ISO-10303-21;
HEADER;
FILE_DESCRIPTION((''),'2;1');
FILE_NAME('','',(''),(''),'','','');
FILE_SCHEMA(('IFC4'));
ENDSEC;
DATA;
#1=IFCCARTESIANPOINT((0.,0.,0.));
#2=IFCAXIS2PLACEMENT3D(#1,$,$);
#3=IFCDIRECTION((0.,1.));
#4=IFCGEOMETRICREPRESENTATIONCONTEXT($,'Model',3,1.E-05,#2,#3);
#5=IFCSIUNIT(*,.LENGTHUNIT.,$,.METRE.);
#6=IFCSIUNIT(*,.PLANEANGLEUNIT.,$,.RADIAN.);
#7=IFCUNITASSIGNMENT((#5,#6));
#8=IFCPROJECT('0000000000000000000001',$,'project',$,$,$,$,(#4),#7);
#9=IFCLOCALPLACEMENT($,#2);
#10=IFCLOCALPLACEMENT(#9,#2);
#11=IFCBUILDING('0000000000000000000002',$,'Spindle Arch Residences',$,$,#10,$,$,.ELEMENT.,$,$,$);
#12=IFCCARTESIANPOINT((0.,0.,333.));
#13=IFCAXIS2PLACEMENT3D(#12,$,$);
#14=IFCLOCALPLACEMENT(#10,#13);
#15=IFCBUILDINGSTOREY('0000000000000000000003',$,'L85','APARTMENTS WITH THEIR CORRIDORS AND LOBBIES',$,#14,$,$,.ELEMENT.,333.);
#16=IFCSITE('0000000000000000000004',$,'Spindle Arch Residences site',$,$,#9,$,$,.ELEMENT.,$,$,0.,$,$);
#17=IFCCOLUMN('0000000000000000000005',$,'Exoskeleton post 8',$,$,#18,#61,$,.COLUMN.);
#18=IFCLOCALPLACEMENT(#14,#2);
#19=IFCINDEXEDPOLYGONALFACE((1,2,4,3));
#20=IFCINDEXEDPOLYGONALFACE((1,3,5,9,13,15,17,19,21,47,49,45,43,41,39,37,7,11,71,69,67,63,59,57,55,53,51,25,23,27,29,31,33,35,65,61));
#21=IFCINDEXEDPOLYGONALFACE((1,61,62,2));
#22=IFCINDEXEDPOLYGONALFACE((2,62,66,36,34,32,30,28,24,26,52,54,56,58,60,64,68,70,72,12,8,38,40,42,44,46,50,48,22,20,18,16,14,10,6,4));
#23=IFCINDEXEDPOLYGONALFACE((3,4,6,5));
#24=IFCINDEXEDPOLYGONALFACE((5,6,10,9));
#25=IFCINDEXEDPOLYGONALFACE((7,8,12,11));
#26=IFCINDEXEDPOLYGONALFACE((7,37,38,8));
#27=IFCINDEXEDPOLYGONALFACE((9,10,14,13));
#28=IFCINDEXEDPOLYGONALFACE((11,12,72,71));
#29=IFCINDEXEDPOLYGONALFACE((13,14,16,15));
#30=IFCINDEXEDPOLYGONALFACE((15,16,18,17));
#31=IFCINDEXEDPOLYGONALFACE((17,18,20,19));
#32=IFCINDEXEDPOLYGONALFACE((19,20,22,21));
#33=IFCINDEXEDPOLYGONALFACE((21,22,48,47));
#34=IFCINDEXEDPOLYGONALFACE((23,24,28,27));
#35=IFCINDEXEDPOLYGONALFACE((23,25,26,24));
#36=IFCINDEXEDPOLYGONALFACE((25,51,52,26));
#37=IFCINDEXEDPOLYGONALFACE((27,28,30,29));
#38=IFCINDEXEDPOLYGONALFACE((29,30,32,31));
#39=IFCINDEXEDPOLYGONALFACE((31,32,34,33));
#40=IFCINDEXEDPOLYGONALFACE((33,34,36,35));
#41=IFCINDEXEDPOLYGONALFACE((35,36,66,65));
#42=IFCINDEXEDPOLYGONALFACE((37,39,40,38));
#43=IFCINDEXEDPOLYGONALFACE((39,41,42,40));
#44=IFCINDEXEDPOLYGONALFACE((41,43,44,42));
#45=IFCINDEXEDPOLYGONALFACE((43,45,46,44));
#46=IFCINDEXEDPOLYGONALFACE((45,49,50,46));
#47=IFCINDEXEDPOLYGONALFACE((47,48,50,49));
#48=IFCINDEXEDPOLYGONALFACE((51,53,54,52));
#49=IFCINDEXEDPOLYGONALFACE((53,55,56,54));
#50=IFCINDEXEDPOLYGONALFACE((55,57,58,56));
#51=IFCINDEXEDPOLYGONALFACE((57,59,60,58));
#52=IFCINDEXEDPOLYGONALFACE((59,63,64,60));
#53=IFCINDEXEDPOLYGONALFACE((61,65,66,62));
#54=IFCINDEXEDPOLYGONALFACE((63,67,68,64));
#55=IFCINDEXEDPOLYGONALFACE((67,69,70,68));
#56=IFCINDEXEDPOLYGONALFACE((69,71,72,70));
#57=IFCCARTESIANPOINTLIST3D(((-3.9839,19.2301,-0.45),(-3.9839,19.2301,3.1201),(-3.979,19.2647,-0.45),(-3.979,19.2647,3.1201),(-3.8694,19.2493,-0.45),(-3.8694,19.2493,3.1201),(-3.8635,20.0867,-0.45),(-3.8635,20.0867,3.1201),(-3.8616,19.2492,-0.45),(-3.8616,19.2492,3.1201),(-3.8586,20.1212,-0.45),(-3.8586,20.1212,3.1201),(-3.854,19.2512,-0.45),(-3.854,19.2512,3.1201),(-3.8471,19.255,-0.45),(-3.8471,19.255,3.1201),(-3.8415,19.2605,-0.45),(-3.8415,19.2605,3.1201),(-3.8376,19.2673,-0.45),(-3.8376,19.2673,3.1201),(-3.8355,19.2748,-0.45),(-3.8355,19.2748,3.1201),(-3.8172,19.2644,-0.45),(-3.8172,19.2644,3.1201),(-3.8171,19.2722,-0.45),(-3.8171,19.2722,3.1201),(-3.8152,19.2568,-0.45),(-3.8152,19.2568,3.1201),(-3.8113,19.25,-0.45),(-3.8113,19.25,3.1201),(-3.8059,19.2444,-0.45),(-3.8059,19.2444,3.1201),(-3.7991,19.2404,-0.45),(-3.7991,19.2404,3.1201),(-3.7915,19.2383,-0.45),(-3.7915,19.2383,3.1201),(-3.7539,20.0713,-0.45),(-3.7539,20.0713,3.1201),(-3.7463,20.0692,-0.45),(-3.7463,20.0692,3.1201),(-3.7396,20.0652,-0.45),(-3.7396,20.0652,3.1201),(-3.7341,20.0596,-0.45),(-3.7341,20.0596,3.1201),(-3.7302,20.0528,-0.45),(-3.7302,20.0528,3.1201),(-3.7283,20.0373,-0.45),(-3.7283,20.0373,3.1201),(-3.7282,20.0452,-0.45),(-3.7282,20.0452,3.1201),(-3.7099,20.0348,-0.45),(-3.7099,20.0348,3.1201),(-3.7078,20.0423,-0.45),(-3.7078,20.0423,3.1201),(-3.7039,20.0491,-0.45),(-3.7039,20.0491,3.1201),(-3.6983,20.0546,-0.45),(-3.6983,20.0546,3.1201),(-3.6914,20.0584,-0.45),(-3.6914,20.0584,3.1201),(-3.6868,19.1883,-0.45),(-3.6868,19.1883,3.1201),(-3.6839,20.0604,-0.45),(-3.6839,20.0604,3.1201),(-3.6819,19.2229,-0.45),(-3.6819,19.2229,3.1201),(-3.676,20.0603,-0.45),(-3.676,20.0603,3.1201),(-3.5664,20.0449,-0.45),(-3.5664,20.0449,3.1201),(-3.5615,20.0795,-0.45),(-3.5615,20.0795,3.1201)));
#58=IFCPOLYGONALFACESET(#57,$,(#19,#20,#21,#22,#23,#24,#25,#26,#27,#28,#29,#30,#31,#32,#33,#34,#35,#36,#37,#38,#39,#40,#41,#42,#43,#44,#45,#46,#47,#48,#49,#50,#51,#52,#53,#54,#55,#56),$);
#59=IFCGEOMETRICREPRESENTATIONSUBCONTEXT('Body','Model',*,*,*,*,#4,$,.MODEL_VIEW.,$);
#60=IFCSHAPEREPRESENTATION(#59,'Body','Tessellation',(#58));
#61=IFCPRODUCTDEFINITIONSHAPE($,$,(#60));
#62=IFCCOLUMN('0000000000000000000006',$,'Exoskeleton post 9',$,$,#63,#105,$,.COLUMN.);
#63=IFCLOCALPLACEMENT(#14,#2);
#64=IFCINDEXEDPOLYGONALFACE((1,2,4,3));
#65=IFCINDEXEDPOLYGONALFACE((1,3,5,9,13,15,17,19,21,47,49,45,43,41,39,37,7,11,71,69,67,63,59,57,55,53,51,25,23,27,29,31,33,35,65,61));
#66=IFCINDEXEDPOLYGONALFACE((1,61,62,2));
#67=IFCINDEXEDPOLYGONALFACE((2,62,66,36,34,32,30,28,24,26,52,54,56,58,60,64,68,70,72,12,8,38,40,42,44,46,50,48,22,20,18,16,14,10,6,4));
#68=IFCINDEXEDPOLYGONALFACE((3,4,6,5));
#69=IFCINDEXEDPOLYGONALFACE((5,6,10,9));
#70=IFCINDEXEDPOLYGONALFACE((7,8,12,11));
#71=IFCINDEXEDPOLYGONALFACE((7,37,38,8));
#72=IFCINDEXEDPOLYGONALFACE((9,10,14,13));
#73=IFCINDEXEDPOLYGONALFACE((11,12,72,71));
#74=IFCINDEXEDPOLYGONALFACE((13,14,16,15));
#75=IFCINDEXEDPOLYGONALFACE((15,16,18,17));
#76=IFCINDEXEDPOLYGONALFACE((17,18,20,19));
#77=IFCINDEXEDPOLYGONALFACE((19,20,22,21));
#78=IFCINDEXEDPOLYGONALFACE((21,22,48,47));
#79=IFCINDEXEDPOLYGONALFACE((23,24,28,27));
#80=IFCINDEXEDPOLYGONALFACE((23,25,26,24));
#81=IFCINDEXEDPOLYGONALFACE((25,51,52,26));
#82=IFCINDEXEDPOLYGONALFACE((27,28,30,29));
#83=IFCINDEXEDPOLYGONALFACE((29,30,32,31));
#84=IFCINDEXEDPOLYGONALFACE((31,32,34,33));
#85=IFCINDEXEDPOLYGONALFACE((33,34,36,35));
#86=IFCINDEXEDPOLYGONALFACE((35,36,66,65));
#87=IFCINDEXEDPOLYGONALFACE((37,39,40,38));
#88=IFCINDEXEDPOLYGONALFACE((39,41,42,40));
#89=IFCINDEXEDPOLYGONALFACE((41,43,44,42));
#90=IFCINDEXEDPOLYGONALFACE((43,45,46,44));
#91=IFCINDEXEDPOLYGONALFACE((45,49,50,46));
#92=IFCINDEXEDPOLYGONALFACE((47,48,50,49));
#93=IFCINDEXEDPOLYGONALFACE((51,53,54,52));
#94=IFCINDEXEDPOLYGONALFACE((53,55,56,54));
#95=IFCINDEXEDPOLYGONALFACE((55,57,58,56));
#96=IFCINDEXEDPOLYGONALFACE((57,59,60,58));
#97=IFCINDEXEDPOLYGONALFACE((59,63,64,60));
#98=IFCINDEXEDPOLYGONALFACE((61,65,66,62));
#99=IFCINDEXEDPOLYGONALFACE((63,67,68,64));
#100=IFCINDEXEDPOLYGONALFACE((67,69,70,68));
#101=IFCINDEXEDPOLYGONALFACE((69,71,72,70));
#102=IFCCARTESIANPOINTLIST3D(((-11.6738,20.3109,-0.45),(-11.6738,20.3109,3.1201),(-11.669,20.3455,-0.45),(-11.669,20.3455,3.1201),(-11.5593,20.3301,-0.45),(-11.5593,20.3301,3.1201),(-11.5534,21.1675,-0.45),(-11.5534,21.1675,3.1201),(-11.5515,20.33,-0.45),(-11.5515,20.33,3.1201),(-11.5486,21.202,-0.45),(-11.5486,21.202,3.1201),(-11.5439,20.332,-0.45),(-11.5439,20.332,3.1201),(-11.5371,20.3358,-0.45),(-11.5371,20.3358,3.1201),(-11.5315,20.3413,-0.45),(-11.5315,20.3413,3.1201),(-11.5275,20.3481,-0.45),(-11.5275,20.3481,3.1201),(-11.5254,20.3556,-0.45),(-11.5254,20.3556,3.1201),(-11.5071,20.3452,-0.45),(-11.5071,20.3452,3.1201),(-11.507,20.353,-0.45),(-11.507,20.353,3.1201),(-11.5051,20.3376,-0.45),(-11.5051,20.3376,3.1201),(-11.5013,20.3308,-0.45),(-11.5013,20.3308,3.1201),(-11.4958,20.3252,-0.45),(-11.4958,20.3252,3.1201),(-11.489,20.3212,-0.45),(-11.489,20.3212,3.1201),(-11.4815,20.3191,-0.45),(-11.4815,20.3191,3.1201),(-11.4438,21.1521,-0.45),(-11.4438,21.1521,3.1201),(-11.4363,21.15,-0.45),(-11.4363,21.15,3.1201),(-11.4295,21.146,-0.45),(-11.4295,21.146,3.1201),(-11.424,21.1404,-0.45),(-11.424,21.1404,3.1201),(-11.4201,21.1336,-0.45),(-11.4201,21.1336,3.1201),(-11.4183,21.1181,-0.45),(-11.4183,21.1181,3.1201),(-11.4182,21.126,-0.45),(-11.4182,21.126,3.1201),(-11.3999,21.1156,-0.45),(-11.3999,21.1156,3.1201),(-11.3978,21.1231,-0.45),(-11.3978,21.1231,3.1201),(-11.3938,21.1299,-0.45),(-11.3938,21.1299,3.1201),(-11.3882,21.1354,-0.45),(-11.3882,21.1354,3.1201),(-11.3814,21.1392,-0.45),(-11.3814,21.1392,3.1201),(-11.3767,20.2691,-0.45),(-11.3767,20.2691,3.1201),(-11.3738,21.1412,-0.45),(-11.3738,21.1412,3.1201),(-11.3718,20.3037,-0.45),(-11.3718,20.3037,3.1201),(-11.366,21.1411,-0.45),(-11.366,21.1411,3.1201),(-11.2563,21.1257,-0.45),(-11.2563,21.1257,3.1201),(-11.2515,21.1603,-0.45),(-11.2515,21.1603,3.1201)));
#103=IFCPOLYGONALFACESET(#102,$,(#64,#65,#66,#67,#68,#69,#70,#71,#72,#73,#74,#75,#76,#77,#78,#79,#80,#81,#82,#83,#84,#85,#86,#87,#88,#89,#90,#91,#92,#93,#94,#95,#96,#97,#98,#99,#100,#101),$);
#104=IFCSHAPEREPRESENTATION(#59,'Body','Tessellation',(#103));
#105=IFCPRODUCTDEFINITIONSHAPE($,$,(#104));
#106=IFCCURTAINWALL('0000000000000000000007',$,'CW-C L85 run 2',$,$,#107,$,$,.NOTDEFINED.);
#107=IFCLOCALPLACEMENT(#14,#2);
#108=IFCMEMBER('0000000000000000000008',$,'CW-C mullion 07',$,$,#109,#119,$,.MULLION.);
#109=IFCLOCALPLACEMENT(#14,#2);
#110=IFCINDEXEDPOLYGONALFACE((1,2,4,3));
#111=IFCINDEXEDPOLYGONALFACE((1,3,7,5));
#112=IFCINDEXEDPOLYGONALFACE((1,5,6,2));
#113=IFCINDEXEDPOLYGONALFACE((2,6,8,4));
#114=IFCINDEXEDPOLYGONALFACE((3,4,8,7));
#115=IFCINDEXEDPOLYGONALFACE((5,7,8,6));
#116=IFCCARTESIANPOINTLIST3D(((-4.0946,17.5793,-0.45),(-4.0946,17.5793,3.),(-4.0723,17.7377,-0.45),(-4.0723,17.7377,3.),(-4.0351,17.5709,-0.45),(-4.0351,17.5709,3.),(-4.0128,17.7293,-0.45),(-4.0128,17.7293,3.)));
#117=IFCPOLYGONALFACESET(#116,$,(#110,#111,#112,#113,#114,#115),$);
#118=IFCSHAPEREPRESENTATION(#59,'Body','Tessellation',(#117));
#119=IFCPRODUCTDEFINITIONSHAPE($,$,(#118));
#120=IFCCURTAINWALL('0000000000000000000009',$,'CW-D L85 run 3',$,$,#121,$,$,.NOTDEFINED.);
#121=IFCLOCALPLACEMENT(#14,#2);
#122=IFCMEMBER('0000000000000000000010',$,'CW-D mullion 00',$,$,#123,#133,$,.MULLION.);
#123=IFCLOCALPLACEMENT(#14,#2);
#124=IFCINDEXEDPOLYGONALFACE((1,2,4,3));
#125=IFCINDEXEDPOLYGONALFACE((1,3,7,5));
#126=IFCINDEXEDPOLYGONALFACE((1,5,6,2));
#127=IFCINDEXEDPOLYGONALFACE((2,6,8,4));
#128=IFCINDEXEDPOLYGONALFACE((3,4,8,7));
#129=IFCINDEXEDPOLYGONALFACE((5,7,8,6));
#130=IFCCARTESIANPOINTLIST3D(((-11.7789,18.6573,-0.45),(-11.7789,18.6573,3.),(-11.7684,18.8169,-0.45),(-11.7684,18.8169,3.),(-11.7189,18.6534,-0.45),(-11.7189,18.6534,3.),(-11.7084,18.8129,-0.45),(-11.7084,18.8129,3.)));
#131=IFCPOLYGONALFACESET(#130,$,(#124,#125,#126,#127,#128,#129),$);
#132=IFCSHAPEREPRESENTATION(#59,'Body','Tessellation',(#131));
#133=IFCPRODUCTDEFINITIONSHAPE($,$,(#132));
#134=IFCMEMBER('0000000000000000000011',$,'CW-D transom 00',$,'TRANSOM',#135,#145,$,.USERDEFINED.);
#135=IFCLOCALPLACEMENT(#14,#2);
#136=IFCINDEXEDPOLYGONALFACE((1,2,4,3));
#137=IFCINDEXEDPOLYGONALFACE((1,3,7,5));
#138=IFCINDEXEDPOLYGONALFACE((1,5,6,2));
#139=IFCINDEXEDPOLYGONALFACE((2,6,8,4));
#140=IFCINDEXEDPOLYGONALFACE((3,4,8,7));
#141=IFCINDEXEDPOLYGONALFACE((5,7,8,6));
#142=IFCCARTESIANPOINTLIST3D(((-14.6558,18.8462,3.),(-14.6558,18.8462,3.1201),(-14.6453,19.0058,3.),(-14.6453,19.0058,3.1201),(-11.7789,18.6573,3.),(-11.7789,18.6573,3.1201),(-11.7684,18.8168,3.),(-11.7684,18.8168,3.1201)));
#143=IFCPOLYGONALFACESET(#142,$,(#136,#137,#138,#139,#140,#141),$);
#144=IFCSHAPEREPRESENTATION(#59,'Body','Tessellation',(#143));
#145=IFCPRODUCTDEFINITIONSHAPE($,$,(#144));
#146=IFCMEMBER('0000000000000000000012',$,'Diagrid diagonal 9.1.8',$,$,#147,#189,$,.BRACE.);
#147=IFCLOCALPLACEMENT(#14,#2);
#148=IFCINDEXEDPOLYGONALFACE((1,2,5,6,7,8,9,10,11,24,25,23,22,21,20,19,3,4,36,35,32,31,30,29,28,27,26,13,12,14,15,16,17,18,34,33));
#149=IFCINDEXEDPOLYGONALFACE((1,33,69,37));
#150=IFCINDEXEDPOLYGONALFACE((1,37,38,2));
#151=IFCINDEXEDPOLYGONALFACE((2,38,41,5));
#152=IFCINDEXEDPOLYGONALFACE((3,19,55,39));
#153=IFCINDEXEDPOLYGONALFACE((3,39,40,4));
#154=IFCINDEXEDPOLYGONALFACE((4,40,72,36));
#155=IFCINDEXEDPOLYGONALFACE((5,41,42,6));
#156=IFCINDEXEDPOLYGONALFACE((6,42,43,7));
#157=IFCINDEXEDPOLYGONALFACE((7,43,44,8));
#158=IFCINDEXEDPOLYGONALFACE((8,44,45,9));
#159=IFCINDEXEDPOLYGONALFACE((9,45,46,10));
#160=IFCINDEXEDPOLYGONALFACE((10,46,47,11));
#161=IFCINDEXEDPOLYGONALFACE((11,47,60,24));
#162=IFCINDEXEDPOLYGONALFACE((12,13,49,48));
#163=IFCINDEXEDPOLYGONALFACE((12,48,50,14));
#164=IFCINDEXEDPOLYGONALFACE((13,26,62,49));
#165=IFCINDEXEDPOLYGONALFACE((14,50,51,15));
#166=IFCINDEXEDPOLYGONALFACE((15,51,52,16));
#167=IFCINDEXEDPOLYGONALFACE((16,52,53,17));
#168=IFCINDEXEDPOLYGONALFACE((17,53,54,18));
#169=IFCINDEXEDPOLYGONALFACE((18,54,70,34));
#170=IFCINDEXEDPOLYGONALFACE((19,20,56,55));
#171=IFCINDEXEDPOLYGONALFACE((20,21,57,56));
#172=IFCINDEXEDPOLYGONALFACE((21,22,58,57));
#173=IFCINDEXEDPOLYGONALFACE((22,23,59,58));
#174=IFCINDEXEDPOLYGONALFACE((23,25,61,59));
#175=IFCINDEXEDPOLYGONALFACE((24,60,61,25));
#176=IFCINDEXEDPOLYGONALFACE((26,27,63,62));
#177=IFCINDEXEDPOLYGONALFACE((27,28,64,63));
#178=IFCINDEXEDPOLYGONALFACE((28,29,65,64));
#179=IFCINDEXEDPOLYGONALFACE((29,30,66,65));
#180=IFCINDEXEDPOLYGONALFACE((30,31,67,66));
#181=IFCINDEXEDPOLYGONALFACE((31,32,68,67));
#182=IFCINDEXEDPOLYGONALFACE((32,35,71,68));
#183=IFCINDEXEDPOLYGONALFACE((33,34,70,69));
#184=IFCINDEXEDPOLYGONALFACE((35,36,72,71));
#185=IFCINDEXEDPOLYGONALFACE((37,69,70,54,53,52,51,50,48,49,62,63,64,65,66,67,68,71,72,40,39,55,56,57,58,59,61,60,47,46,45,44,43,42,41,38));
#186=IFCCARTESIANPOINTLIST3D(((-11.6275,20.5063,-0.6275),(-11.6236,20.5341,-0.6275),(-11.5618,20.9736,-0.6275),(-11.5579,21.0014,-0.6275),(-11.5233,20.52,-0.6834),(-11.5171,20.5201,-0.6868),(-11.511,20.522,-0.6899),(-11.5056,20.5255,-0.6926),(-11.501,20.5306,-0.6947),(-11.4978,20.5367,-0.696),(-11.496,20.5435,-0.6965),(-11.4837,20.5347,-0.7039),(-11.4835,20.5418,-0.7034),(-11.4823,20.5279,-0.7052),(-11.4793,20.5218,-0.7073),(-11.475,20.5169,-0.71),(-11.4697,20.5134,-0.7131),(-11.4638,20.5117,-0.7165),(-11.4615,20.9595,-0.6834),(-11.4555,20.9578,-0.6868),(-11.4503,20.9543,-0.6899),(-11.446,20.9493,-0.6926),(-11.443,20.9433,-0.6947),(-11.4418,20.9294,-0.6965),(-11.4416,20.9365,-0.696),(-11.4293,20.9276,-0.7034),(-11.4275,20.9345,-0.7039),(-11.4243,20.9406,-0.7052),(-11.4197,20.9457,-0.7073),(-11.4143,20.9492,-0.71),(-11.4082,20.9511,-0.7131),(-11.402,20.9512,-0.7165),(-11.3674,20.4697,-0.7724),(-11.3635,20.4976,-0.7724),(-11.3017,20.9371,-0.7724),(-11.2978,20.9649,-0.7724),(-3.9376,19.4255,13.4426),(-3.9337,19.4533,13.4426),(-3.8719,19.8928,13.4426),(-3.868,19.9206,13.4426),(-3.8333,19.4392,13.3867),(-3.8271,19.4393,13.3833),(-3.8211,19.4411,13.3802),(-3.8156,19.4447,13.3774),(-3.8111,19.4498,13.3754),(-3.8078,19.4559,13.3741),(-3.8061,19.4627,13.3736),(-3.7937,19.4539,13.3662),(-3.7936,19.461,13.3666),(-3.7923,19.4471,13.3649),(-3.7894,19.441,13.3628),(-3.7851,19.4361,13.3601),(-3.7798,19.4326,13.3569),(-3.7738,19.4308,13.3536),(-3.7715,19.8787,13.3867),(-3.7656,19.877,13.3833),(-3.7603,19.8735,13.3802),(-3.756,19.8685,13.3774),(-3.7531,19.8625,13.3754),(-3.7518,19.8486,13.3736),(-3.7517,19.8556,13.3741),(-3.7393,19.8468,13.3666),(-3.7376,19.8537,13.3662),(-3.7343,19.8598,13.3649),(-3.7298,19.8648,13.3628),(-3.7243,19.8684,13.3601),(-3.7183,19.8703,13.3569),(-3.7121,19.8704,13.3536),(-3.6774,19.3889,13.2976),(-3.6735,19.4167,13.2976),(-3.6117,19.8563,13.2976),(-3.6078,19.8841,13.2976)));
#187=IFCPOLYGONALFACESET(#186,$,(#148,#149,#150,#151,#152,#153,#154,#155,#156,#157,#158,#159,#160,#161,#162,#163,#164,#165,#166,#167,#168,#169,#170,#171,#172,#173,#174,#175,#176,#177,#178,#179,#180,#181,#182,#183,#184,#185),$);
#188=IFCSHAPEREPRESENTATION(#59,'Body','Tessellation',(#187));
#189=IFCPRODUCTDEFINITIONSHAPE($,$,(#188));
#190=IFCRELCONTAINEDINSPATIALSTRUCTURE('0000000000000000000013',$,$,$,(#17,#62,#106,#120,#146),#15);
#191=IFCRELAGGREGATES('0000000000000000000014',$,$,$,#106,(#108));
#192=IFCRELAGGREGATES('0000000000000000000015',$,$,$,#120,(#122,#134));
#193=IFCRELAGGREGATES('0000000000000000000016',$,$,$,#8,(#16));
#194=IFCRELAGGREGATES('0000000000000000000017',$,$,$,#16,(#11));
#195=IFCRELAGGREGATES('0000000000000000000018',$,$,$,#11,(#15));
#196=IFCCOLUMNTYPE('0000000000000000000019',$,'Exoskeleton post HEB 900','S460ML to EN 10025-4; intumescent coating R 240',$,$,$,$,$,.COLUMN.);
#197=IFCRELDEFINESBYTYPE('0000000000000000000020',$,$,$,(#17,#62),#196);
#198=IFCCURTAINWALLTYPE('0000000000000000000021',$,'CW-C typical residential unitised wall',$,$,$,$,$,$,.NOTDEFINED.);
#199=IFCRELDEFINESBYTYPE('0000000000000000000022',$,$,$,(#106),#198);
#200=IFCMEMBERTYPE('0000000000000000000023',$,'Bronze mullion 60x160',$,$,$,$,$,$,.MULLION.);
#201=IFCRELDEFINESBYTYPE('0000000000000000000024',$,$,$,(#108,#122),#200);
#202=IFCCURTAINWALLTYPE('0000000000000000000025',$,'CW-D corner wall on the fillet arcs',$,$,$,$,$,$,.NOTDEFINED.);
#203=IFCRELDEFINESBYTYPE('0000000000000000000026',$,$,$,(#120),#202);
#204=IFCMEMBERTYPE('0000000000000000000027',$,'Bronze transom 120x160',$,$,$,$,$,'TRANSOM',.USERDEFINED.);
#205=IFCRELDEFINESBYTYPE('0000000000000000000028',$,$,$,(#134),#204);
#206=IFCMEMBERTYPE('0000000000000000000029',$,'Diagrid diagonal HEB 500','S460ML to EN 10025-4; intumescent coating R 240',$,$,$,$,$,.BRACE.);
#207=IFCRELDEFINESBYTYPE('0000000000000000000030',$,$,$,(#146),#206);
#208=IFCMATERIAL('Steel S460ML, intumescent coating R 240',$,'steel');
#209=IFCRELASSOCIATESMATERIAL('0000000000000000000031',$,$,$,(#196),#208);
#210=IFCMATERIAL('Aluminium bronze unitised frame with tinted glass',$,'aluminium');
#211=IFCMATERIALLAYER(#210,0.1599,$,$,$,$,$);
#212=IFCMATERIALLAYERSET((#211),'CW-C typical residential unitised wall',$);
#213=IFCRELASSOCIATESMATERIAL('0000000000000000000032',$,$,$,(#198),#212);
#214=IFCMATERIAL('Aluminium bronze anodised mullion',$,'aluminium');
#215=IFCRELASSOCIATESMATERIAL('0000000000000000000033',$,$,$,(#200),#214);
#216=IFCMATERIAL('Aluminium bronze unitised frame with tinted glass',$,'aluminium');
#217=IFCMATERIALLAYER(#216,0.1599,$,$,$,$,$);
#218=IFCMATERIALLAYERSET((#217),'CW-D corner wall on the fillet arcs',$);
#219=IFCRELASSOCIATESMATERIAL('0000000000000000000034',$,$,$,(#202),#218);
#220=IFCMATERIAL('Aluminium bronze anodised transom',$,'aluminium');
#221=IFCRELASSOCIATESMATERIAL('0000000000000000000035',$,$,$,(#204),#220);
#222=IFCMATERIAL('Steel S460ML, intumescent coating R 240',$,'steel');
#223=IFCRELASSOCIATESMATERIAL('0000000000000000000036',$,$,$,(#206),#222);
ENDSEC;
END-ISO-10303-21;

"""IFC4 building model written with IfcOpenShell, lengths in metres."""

from ifc_helpers import new_model, si_unit, direction, frame, origin, origin_2d, place, context, subcontext, project, spatial, rectangle, i_section, extrude, material, layer, layer_set, material_profile, profile_set, type_object, element, aggregate, save


model = new_model("IFC4")

# Units and contexts
model_context = context("Model", 3, precision=1e-05, world=origin(), true_north=direction((0.0, 1.0)))
body_context = subcontext(model_context, "Body", "Model", "MODEL_VIEW")
ifc_project = project(units=[si_unit("LENGTHUNIT", "METRE"), si_unit("PLANEANGLEUNIT", "RADIAN")], contexts=[model_context])

# Site, building, storey
site_placement = place(None, origin())
site = spatial("IfcSite", under=ifc_project, at=site_placement, Name="Spindle Arch Residences site", CompositionType="ELEMENT", RefElevation=0.0)
building_placement = place(site_placement, origin())
building = spatial("IfcBuilding", under=site, at=building_placement, Name="Spindle Arch Residences", CompositionType="ELEMENT")
storey_placement = place(building_placement, frame((0.0, 0.0, 333.0)))
storey = spatial("IfcBuildingStorey", under=building, at=storey_placement, Name="L85", Description="APARTMENTS WITH THEIR CORRIDORS AND LOBBIES", CompositionType="ELEMENT", Elevation=333.0)

# Columns
ifc_material_1 = material(Name="Steel S460ML, intumescent coating R 240", Category="steel")
ifc_material_profile_1 = material_profile(ifc_material_1, i_section(OverallWidth=0.3, OverallDepth=0.8999, WebThickness=0.0186, FlangeThickness=0.0349, FilletRadius=0.03, at=origin_2d()), Name="HEB 900")
ifc_profile_set_1 = profile_set([ifc_material_profile_1], Name="Steel S460ML, intumescent coating R 240")
column_type = type_object("IfcColumnType", Name="Exoskeleton post HEB 900", Description="S460ML to EN 10025-4; intumescent coating R 240", PredefinedType="COLUMN", material=ifc_profile_set_1)
for number, where, z_axis, x_axis, name in (
    (1, (-3.7727, 19.6548, -0.45), (0.0, 0.0, 1.0), (0.990268, -0.139173, 0.0), "Exoskeleton post 8"),
    (2, (-11.4626, 20.7356, -0.45), (0.0, 0.0, 1.0), (0.990268, -0.139173, 0.0), "Exoskeleton post 9"),
):
    element("IfcColumn", number, at=place(storey_placement, frame(where, z_axis=z_axis, x_axis=x_axis)), inside=storey, type_object=column_type, Name=name, PredefinedType="COLUMN", context=body_context, shape_type="SweptSolid", body=[
        extrude(i_section(OverallWidth=0.3, OverallDepth=0.8999, WebThickness=0.0186, FlangeThickness=0.0349, FilletRadius=0.03, at=origin_2d()), origin(), (0.0, 0.0, 1.0), 3.5701),
    ])

# Curtain wall, member
ifc_material_2 = material(Name="Aluminium bronze unitised frame with tinted glass", Category="aluminium")
ifc_layer_1 = layer(ifc_material_2, 0.1599)
ifc_layer_set_1 = layer_set([ifc_layer_1], Name="CW-C typical residential unitised wall")
curtain_wall_type_1 = type_object("IfcCurtainWallType", Name="CW-C typical residential unitised wall", PredefinedType="NOTDEFINED", material=ifc_layer_set_1)
curtain_wall_1_placement = place(storey_placement, origin())
curtain_wall_1 = element("IfcCurtainWall", 3, at=curtain_wall_1_placement, inside=storey, type_object=curtain_wall_type_1, Name="CW-C L85 run 2", PredefinedType="NOTDEFINED")
ifc_material_3 = material(Name="Aluminium bronze anodised mullion", Category="aluminium")
ifc_material_profile_2 = material_profile(ifc_material_3, rectangle(XDim=0.1599, YDim=0.0601, at=origin_2d()), Name="MU 60x160")
ifc_profile_set_2 = profile_set([ifc_material_profile_2], Name="Aluminium bronze anodised mullion")
member_type_1 = type_object("IfcMemberType", Name="Bronze mullion 60x160", PredefinedType="MULLION", material=ifc_profile_set_2)
member_1_placement = place(storey_placement, frame((-4.0537, 17.6543, -0.45), z_axis=(0.0, 0.0, 1.0), x_axis=(-0.139173, -0.990268, 0.0)))
member_1 = element("IfcMember", 4, at=member_1_placement, type_object=member_type_1, Name="CW-C mullion 07", PredefinedType="MULLION", context=body_context, shape_type="SweptSolid", body=[
    extrude(rectangle(XDim=0.1599, YDim=0.0601, at=origin_2d()), origin(), (0.0, 0.0, 1.0), 3.45),
])

# Curtain wall, members
ifc_material_4 = material(Name="Aluminium bronze unitised frame with tinted glass", Category="aluminium")
ifc_layer_2 = layer(ifc_material_4, 0.1599)
ifc_layer_set_2 = layer_set([ifc_layer_2], Name="CW-D corner wall on the fillet arcs")
curtain_wall_type_2 = type_object("IfcCurtainWallType", Name="CW-D corner wall on the fillet arcs", PredefinedType="NOTDEFINED", material=ifc_layer_set_2)
curtain_wall_2_placement = place(storey_placement, origin())
curtain_wall_2 = element("IfcCurtainWall", 5, at=curtain_wall_2_placement, inside=storey, type_object=curtain_wall_type_2, Name="CW-D L85 run 3", PredefinedType="NOTDEFINED")
member_2_placement = place(storey_placement, frame((-11.7437, 18.7351, -0.45), z_axis=(0.0, 0.0, 1.0), x_axis=(-0.06551, -0.997852, 0.0)))
member_2 = element("IfcMember", 6, at=member_2_placement, type_object=member_type_1, Name="CW-D mullion 00", PredefinedType="MULLION", context=body_context, shape_type="SweptSolid", body=[
    extrude(rectangle(XDim=0.1599, YDim=0.0601, at=origin_2d()), origin(), (0.0, 0.0, 1.0), 3.45),
])
ifc_material_5 = material(Name="Aluminium bronze anodised transom", Category="aluminium")
ifc_material_profile_3 = material_profile(ifc_material_5, rectangle(XDim=0.1599, YDim=0.1201, at=origin_2d()), Name="TR 120x160")
ifc_profile_set_3 = profile_set([ifc_material_profile_3], Name="Aluminium bronze anodised transom")
member_type_2 = type_object("IfcMemberType", Name="Bronze transom 120x160", ElementType="TRANSOM", PredefinedType="USERDEFINED", material=ifc_profile_set_3)
member_3_placement = place(storey_placement, frame((-11.7737, 18.7371, 3.0601), z_axis=(-0.99785, 0.065541, 0.0), x_axis=(-0.065541, -0.99785, 0.0)))
member_3 = element("IfcMember", 7, at=member_3_placement, type_object=member_type_2, Name="CW-D transom 00", ObjectType="TRANSOM", PredefinedType="USERDEFINED", context=body_context, shape_type="SweptSolid", body=[
    extrude(rectangle(XDim=0.1599, YDim=0.1201, at=origin_2d()), origin(), (0.0, 0.0, 1.0), 2.8831),
])

# Member
ifc_material_6 = material(Name="Steel S460ML, intumescent coating R 240", Category="steel")
ifc_material_profile_4 = material_profile(ifc_material_6, i_section(OverallWidth=0.3, OverallDepth=0.5, WebThickness=0.0144, FlangeThickness=0.0281, FilletRadius=0.0271, at=origin_2d()), Name="HEB 500")
ifc_profile_set_4 = profile_set([ifc_material_profile_4], Name="Steel S460ML, intumescent coating R 240")
member_type_3 = type_object("IfcMemberType", Name="Diagrid diagonal HEB 500", Description="S460ML to EN 10025-4; intumescent coating R 240", PredefinedType="BRACE", material=ifc_profile_set_4)
member_4_placement = place(storey_placement, frame((-11.4626, 20.7356, -0.7), z_axis=(0.478504, -0.067253, 0.875506), x_axis=(-0.866985, 0.121853, 0.483207)))
element("IfcMember", 8, at=member_4_placement, inside=storey, type_object=member_type_3, Name="Diagrid diagonal 9.1.8", PredefinedType="BRACE", context=body_context, shape_type="SweptSolid", body=[
    extrude(i_section(OverallWidth=0.3, OverallDepth=0.5, WebThickness=0.0144, FlangeThickness=0.0281, FilletRadius=0.0271, at=origin_2d()), origin(), (0.0, 0.0, 1.0), 16.0708),
])

aggregate(curtain_wall_1, [member_1])
aggregate(curtain_wall_2, [member_2, member_3])

save(model, "model.ifc")
